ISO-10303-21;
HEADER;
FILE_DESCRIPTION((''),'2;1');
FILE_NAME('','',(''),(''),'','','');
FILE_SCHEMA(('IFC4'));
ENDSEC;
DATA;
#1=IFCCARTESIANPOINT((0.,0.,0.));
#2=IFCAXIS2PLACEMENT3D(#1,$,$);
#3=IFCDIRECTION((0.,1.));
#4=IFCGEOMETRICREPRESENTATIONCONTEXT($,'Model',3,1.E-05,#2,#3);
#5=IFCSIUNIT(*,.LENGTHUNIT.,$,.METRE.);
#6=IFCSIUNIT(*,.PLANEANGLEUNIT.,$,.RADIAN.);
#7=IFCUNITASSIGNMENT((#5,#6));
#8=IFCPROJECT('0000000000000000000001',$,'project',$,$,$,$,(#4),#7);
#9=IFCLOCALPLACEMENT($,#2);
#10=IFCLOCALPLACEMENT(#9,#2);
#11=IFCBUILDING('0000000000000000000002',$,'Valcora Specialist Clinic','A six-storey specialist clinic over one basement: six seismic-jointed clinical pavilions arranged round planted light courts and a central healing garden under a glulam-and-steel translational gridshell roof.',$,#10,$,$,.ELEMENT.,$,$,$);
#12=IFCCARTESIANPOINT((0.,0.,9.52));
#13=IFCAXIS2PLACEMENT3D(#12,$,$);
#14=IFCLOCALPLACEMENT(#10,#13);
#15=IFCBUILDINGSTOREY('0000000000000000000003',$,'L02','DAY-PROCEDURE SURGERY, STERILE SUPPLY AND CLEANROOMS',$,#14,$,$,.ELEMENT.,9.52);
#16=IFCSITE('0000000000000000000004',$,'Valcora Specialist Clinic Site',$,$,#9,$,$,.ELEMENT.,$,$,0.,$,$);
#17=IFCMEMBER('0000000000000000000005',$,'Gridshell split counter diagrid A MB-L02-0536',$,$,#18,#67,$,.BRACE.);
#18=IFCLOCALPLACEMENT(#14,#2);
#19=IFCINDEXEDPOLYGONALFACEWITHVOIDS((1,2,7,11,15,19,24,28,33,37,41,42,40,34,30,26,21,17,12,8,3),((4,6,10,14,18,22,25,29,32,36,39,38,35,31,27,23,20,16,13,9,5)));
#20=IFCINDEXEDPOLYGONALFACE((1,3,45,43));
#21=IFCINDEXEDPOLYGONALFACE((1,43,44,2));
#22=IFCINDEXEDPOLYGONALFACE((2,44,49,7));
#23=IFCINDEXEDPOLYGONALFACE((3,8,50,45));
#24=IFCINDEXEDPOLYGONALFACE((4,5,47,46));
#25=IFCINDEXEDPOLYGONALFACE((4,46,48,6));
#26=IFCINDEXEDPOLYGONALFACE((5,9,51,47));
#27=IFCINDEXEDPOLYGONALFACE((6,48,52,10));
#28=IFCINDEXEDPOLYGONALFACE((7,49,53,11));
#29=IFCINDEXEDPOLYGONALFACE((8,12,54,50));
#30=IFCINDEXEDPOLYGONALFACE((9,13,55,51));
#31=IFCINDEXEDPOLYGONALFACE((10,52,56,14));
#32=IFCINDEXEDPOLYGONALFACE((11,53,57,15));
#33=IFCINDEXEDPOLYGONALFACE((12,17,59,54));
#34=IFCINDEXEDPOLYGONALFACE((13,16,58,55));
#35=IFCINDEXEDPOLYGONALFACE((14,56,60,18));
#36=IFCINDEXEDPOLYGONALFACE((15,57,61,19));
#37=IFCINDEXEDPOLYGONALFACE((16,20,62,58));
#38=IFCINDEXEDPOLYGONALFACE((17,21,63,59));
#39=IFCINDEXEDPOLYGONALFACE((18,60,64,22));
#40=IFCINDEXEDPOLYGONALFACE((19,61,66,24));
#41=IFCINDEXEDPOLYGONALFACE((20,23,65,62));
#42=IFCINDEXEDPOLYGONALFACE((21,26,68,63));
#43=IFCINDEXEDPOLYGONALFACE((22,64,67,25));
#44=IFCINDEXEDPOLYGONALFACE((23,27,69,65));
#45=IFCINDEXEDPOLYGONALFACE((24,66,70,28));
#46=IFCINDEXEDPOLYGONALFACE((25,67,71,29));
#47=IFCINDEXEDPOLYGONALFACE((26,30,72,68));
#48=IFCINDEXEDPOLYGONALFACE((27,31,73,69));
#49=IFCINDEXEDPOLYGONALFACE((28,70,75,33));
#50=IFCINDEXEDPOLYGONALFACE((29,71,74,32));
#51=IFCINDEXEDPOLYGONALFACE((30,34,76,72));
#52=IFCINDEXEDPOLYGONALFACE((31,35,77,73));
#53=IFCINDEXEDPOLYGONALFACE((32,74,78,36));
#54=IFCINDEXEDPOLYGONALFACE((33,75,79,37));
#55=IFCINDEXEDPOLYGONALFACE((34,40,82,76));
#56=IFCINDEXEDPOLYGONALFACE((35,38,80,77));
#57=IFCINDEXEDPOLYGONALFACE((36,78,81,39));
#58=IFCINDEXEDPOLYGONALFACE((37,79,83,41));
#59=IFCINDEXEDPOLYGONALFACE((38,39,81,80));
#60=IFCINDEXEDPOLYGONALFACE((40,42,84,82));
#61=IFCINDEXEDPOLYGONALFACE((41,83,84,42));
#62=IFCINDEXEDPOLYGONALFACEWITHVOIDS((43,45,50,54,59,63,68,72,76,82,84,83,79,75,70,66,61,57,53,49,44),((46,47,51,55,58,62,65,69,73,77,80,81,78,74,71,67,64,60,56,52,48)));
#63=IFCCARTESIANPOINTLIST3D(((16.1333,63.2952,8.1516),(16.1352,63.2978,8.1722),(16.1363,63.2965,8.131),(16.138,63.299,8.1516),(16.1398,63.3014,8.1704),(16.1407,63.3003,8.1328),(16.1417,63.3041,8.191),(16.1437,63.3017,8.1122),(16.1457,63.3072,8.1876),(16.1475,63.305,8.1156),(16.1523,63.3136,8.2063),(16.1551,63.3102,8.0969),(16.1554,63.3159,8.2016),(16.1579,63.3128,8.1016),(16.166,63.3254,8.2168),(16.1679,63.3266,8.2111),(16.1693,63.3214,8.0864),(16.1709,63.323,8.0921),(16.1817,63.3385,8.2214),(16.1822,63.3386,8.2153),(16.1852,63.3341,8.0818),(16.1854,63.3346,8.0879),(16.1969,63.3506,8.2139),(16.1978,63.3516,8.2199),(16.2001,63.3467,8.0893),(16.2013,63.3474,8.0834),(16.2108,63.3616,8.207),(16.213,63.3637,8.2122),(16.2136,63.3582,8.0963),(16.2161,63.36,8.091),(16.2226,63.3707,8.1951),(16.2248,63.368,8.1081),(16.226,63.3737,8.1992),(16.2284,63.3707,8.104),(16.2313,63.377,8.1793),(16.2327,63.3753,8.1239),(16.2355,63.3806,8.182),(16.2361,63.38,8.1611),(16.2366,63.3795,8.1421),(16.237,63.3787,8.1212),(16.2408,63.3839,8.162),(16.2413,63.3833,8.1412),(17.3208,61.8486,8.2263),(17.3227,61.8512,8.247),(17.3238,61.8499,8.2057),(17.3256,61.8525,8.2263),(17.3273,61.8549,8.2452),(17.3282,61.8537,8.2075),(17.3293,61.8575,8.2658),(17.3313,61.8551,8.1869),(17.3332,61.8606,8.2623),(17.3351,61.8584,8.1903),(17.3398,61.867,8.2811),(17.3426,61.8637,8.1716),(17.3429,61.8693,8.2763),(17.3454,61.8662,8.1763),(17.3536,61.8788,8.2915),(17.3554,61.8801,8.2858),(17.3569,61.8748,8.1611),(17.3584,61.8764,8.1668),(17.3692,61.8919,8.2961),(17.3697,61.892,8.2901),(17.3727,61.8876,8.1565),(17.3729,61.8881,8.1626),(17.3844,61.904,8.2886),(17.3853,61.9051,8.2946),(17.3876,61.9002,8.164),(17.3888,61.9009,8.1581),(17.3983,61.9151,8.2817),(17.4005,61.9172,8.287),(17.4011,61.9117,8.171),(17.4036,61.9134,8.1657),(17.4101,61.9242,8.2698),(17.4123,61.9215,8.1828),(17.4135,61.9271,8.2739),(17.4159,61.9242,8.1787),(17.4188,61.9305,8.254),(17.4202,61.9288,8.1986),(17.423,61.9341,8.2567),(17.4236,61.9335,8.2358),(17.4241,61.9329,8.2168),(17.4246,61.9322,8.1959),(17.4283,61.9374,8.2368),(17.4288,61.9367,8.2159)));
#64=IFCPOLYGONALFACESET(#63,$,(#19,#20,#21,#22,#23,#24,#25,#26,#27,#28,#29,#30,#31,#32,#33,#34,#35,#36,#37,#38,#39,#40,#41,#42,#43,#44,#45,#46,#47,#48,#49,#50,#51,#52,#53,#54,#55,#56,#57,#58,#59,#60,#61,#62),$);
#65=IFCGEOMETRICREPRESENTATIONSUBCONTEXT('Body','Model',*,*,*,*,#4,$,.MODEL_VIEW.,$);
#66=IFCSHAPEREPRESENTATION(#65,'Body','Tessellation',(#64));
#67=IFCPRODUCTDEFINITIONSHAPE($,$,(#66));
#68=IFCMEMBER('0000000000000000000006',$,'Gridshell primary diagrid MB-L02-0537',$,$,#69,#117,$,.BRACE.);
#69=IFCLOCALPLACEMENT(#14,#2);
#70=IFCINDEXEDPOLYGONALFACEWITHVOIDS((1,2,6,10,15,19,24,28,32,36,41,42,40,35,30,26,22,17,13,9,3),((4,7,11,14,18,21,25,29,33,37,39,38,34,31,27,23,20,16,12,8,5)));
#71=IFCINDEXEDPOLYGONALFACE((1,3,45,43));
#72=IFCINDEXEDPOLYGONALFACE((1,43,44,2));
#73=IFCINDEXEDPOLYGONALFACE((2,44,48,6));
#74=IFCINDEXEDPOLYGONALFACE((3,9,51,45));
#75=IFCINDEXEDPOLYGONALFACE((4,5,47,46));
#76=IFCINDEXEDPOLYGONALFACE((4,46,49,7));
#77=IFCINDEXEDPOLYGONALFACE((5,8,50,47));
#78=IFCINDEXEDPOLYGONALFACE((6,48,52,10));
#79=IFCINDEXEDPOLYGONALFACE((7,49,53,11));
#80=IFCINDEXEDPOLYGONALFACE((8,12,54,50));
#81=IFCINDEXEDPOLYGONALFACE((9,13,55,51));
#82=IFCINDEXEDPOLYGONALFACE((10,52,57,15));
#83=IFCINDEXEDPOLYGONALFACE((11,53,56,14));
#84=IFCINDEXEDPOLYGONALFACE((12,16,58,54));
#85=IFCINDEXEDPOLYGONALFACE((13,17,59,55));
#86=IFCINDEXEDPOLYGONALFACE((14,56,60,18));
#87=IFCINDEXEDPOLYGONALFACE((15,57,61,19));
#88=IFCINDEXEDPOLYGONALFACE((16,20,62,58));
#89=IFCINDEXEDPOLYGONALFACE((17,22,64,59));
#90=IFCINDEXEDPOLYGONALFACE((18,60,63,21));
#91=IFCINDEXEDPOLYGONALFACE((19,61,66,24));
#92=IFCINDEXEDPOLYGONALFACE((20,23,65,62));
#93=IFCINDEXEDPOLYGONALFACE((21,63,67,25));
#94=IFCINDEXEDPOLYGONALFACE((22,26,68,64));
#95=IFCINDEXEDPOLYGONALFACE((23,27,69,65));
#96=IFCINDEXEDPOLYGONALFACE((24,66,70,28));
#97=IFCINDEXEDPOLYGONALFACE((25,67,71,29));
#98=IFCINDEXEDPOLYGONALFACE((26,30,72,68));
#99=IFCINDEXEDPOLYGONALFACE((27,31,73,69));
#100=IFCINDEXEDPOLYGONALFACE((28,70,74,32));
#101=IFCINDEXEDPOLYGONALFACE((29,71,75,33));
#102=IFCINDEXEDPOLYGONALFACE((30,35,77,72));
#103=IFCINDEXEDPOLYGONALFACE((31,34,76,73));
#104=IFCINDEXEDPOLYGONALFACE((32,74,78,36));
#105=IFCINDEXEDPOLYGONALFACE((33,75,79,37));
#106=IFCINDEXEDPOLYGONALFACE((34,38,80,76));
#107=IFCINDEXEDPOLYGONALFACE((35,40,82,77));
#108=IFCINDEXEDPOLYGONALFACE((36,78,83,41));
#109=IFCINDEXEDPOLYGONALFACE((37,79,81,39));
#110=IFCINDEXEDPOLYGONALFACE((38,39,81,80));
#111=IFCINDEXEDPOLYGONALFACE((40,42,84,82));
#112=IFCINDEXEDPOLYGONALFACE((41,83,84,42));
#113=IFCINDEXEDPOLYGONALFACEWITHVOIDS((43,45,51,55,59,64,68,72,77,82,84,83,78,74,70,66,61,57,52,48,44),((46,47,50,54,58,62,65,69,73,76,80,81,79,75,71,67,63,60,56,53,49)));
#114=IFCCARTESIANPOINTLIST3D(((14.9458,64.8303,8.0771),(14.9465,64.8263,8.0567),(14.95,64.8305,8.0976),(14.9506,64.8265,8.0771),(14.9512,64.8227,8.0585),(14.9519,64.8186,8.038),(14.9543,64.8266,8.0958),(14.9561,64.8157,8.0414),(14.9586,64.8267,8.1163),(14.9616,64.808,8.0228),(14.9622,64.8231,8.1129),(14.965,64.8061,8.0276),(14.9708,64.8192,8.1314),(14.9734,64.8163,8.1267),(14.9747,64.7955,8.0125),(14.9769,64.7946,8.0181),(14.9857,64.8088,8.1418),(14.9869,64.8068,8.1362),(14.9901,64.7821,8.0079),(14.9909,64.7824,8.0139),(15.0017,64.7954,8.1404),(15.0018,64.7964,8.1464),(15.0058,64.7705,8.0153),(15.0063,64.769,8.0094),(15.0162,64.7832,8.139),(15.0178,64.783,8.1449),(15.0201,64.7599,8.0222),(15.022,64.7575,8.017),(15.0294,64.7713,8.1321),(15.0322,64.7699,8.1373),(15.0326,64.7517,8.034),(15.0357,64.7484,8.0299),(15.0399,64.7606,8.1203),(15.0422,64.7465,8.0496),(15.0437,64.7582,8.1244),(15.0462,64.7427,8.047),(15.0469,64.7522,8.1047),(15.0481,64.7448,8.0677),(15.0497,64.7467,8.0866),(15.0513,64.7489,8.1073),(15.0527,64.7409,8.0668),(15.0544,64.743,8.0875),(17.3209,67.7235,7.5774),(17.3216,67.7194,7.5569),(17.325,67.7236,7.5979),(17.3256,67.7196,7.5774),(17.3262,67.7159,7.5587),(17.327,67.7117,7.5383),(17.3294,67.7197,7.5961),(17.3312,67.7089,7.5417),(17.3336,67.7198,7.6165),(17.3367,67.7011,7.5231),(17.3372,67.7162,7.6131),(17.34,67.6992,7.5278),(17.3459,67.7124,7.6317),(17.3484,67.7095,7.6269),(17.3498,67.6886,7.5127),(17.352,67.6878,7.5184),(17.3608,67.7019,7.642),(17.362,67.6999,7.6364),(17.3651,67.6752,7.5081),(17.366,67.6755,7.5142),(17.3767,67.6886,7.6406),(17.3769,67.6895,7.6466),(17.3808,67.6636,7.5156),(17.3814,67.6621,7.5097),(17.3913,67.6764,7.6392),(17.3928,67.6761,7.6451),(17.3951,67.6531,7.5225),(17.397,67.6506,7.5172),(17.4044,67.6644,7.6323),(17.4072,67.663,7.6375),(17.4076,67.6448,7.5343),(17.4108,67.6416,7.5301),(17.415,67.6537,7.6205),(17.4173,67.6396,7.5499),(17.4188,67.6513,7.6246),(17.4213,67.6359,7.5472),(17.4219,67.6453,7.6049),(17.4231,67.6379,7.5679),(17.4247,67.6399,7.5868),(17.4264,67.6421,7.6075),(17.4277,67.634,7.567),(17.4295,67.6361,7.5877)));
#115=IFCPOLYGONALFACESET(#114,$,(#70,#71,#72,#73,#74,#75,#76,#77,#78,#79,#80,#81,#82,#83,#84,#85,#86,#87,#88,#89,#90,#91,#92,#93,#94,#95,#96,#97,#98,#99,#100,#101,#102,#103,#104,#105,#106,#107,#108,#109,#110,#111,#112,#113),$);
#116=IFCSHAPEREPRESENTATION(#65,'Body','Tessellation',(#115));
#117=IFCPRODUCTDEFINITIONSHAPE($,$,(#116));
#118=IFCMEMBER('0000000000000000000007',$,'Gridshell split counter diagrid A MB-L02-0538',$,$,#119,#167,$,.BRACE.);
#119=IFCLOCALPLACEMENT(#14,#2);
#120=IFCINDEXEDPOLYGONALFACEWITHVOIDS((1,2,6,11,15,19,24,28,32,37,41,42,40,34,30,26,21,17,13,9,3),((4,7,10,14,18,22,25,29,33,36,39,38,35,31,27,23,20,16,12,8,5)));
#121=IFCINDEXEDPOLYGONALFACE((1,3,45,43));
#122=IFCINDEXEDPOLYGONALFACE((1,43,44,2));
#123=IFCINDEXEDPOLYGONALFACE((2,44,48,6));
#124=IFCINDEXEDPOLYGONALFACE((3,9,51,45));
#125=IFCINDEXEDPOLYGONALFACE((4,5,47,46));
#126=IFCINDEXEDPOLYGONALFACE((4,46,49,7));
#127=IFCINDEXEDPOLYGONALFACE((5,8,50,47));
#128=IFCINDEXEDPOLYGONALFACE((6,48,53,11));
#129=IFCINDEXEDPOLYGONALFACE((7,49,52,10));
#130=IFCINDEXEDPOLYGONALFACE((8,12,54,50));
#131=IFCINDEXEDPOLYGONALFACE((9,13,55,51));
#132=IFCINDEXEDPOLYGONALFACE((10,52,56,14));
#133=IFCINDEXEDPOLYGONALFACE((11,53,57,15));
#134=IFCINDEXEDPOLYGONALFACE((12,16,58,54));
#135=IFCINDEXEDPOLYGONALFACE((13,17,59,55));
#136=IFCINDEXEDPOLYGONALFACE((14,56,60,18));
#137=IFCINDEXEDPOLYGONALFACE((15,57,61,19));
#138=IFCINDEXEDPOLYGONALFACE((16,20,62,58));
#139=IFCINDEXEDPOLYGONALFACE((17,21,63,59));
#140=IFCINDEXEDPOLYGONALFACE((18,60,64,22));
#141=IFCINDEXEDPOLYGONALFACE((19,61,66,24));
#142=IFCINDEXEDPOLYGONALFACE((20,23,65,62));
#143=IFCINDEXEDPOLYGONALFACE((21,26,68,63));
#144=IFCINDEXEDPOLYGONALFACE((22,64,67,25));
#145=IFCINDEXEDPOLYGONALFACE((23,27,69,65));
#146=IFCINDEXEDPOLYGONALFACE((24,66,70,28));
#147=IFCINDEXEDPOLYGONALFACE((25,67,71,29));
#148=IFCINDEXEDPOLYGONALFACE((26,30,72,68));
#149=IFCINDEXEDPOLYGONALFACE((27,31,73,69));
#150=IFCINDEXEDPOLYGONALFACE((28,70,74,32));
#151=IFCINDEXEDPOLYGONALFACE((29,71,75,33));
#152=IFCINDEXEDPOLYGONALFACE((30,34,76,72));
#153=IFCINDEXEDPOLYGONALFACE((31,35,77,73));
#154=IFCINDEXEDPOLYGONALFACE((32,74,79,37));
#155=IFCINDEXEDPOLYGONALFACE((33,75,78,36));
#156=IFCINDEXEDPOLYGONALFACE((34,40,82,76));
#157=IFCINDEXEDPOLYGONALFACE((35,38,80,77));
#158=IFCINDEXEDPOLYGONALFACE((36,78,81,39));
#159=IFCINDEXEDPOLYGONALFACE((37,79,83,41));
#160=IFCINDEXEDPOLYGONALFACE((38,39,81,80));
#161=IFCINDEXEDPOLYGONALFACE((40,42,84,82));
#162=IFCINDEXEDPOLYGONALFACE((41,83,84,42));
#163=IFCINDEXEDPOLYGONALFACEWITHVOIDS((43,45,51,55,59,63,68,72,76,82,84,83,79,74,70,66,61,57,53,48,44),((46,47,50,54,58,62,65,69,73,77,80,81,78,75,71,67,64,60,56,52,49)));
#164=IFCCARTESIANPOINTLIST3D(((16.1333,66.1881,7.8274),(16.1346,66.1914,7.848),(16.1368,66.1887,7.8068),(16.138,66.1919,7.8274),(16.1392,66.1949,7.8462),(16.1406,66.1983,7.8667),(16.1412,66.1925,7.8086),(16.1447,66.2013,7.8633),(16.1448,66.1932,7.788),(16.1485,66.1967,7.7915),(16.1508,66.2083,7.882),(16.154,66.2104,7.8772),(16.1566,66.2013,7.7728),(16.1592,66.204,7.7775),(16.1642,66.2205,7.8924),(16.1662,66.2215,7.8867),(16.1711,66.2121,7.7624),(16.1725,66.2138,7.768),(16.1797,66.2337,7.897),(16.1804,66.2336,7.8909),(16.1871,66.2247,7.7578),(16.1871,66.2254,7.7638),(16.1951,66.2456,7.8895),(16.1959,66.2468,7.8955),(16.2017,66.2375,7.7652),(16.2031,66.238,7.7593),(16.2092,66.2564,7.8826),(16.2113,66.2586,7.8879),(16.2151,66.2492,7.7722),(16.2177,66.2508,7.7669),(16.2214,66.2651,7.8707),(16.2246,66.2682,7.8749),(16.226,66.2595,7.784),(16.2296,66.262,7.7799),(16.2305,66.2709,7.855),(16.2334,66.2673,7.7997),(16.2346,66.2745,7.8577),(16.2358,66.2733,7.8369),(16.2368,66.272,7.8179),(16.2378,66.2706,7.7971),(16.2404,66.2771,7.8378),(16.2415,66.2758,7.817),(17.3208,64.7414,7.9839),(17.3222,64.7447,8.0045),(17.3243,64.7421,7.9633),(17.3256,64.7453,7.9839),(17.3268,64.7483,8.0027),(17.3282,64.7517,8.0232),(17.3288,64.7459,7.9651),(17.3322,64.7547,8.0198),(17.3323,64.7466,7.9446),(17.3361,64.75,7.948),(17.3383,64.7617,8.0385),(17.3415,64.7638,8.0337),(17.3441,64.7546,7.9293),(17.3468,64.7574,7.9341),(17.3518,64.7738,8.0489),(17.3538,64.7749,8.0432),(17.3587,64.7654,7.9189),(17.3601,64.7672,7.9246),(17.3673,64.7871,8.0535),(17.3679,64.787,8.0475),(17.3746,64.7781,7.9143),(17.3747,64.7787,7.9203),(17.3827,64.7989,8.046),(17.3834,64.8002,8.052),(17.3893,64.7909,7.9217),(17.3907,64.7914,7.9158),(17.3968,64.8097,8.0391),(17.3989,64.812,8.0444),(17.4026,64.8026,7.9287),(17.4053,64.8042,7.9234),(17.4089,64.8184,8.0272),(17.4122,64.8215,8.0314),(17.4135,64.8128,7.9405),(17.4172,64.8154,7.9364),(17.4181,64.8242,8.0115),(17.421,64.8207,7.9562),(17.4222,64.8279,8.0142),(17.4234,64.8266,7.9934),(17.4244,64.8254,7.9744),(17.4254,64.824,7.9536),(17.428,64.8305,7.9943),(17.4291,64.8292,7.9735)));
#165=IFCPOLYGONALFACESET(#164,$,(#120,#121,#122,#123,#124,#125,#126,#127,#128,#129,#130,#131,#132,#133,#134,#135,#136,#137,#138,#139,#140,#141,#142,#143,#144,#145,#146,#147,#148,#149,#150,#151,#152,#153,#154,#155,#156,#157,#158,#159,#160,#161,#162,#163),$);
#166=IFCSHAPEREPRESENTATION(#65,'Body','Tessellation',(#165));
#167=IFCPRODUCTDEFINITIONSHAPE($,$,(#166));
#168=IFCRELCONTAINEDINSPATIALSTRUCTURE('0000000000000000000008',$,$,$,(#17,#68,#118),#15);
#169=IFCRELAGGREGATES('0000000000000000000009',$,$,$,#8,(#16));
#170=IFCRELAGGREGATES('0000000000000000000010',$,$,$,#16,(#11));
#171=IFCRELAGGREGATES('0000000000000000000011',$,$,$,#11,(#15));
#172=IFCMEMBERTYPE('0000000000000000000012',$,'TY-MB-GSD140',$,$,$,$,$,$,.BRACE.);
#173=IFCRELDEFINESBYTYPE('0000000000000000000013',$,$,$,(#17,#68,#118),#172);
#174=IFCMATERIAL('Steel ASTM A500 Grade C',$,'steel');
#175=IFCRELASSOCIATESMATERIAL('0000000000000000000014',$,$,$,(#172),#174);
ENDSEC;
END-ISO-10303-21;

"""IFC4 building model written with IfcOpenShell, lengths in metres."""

from ifc_helpers import new_model, si_unit, direction, frame, origin, origin_2d, place, context, subcontext, project, spatial, hollow_circle, extrude, material, material_profile, profile_set, type_object, element, save


model = new_model("IFC4")

# Units and contexts
model_context = context("Model", 3, precision=1e-05, world=origin(), true_north=direction((0.0, 1.0)))
body_context = subcontext(model_context, "Body", "Model", "MODEL_VIEW")
ifc_project = project(units=[si_unit("LENGTHUNIT", "METRE"), si_unit("PLANEANGLEUNIT", "RADIAN")], contexts=[model_context])

# Site, building, storey
site_placement = place(None, origin())
site = spatial("IfcSite", under=ifc_project, at=site_placement, Name="Valcora Specialist Clinic Site", CompositionType="ELEMENT", RefElevation=0.0)
building_placement = place(site_placement, origin())
building = spatial("IfcBuilding", under=site, at=building_placement, Name="Valcora Specialist Clinic", Description="A six-storey specialist clinic over one basement: six seismic-jointed clinical pavilions arranged round planted light courts and a central healing garden under a glulam-and-steel translational gridshell roof.", CompositionType="ELEMENT")
storey_placement = place(building_placement, frame((0.0, 0.0, 9.52)))
storey = spatial("IfcBuildingStorey", under=building, at=storey_placement, Name="L02", Description="DAY-PROCEDURE SURGERY, STERILE SUPPLY AND CLEANROOMS", CompositionType="ELEMENT", Elevation=9.52)

# Members
ifc_material_1 = material(Name="Steel ASTM A500 Grade C", Category="steel")
ifc_material_profile_1 = material_profile(ifc_material_1, hollow_circle(Radius=0.0701, WallThickness=0.0061, at=origin_2d()), Name="ST-CHS-140X6")
ifc_profile_set_1 = profile_set([ifc_material_profile_1], Name="Steel ASTM A500 Grade C")
member_type_1 = type_object("IfcMemberType", Name="TY-MB-GSD140", PredefinedType="BRACE", material=ifc_profile_set_1)
member_1_placement = place(storey_placement, frame((17.375, 61.8931, 8.2263), z_axis=(-0.634004, 0.772301, -0.039886), x_axis=(-0.772916, -0.634508, 0.0)))
element("IfcMember", 1, at=member_1_placement, inside=storey, type_object=member_type_1, Name="Gridshell split counter diagrid A MB-L02-0536", PredefinedType="BRACE", context=body_context, shape_type="SweptSolid", body=[
    extrude(hollow_circle(Radius=0.0701, WallThickness=0.0061, at=origin_2d()), origin(), (0.0, 0.0, 1.0), 1.873),
])
member_2_placement = place(storey_placement, frame((15.0, 64.7859, 8.0771), z_axis=(0.628928, 0.766117, -0.132341), x_axis=(-0.772916, 0.634508, 0.0)))
element("IfcMember", 2, at=member_2_placement, inside=storey, type_object=member_type_1, Name="Gridshell primary diagrid MB-L02-0537", PredefinedType="BRACE", context=body_context, shape_type="SweptSolid", body=[
    extrude(hollow_circle(Radius=0.0701, WallThickness=0.0061, at=origin_2d()), origin(), (0.0, 0.0, 1.0), 3.7764),
])
member_3_placement = place(storey_placement, frame((17.375, 64.7859, 7.9839), z_axis=(-0.632302, 0.770228, -0.083328), x_axis=(-0.772916, -0.634508, 0.0)))
element("IfcMember", 3, at=member_3_placement, inside=storey, type_object=member_type_1, Name="Gridshell split counter diagrid A MB-L02-0538", PredefinedType="BRACE", context=body_context, shape_type="SweptSolid", body=[
    extrude(hollow_circle(Radius=0.0701, WallThickness=0.0061, at=origin_2d()), origin(), (0.0, 0.0, 1.0), 1.8782),
])

save(model, "model.ifc")
